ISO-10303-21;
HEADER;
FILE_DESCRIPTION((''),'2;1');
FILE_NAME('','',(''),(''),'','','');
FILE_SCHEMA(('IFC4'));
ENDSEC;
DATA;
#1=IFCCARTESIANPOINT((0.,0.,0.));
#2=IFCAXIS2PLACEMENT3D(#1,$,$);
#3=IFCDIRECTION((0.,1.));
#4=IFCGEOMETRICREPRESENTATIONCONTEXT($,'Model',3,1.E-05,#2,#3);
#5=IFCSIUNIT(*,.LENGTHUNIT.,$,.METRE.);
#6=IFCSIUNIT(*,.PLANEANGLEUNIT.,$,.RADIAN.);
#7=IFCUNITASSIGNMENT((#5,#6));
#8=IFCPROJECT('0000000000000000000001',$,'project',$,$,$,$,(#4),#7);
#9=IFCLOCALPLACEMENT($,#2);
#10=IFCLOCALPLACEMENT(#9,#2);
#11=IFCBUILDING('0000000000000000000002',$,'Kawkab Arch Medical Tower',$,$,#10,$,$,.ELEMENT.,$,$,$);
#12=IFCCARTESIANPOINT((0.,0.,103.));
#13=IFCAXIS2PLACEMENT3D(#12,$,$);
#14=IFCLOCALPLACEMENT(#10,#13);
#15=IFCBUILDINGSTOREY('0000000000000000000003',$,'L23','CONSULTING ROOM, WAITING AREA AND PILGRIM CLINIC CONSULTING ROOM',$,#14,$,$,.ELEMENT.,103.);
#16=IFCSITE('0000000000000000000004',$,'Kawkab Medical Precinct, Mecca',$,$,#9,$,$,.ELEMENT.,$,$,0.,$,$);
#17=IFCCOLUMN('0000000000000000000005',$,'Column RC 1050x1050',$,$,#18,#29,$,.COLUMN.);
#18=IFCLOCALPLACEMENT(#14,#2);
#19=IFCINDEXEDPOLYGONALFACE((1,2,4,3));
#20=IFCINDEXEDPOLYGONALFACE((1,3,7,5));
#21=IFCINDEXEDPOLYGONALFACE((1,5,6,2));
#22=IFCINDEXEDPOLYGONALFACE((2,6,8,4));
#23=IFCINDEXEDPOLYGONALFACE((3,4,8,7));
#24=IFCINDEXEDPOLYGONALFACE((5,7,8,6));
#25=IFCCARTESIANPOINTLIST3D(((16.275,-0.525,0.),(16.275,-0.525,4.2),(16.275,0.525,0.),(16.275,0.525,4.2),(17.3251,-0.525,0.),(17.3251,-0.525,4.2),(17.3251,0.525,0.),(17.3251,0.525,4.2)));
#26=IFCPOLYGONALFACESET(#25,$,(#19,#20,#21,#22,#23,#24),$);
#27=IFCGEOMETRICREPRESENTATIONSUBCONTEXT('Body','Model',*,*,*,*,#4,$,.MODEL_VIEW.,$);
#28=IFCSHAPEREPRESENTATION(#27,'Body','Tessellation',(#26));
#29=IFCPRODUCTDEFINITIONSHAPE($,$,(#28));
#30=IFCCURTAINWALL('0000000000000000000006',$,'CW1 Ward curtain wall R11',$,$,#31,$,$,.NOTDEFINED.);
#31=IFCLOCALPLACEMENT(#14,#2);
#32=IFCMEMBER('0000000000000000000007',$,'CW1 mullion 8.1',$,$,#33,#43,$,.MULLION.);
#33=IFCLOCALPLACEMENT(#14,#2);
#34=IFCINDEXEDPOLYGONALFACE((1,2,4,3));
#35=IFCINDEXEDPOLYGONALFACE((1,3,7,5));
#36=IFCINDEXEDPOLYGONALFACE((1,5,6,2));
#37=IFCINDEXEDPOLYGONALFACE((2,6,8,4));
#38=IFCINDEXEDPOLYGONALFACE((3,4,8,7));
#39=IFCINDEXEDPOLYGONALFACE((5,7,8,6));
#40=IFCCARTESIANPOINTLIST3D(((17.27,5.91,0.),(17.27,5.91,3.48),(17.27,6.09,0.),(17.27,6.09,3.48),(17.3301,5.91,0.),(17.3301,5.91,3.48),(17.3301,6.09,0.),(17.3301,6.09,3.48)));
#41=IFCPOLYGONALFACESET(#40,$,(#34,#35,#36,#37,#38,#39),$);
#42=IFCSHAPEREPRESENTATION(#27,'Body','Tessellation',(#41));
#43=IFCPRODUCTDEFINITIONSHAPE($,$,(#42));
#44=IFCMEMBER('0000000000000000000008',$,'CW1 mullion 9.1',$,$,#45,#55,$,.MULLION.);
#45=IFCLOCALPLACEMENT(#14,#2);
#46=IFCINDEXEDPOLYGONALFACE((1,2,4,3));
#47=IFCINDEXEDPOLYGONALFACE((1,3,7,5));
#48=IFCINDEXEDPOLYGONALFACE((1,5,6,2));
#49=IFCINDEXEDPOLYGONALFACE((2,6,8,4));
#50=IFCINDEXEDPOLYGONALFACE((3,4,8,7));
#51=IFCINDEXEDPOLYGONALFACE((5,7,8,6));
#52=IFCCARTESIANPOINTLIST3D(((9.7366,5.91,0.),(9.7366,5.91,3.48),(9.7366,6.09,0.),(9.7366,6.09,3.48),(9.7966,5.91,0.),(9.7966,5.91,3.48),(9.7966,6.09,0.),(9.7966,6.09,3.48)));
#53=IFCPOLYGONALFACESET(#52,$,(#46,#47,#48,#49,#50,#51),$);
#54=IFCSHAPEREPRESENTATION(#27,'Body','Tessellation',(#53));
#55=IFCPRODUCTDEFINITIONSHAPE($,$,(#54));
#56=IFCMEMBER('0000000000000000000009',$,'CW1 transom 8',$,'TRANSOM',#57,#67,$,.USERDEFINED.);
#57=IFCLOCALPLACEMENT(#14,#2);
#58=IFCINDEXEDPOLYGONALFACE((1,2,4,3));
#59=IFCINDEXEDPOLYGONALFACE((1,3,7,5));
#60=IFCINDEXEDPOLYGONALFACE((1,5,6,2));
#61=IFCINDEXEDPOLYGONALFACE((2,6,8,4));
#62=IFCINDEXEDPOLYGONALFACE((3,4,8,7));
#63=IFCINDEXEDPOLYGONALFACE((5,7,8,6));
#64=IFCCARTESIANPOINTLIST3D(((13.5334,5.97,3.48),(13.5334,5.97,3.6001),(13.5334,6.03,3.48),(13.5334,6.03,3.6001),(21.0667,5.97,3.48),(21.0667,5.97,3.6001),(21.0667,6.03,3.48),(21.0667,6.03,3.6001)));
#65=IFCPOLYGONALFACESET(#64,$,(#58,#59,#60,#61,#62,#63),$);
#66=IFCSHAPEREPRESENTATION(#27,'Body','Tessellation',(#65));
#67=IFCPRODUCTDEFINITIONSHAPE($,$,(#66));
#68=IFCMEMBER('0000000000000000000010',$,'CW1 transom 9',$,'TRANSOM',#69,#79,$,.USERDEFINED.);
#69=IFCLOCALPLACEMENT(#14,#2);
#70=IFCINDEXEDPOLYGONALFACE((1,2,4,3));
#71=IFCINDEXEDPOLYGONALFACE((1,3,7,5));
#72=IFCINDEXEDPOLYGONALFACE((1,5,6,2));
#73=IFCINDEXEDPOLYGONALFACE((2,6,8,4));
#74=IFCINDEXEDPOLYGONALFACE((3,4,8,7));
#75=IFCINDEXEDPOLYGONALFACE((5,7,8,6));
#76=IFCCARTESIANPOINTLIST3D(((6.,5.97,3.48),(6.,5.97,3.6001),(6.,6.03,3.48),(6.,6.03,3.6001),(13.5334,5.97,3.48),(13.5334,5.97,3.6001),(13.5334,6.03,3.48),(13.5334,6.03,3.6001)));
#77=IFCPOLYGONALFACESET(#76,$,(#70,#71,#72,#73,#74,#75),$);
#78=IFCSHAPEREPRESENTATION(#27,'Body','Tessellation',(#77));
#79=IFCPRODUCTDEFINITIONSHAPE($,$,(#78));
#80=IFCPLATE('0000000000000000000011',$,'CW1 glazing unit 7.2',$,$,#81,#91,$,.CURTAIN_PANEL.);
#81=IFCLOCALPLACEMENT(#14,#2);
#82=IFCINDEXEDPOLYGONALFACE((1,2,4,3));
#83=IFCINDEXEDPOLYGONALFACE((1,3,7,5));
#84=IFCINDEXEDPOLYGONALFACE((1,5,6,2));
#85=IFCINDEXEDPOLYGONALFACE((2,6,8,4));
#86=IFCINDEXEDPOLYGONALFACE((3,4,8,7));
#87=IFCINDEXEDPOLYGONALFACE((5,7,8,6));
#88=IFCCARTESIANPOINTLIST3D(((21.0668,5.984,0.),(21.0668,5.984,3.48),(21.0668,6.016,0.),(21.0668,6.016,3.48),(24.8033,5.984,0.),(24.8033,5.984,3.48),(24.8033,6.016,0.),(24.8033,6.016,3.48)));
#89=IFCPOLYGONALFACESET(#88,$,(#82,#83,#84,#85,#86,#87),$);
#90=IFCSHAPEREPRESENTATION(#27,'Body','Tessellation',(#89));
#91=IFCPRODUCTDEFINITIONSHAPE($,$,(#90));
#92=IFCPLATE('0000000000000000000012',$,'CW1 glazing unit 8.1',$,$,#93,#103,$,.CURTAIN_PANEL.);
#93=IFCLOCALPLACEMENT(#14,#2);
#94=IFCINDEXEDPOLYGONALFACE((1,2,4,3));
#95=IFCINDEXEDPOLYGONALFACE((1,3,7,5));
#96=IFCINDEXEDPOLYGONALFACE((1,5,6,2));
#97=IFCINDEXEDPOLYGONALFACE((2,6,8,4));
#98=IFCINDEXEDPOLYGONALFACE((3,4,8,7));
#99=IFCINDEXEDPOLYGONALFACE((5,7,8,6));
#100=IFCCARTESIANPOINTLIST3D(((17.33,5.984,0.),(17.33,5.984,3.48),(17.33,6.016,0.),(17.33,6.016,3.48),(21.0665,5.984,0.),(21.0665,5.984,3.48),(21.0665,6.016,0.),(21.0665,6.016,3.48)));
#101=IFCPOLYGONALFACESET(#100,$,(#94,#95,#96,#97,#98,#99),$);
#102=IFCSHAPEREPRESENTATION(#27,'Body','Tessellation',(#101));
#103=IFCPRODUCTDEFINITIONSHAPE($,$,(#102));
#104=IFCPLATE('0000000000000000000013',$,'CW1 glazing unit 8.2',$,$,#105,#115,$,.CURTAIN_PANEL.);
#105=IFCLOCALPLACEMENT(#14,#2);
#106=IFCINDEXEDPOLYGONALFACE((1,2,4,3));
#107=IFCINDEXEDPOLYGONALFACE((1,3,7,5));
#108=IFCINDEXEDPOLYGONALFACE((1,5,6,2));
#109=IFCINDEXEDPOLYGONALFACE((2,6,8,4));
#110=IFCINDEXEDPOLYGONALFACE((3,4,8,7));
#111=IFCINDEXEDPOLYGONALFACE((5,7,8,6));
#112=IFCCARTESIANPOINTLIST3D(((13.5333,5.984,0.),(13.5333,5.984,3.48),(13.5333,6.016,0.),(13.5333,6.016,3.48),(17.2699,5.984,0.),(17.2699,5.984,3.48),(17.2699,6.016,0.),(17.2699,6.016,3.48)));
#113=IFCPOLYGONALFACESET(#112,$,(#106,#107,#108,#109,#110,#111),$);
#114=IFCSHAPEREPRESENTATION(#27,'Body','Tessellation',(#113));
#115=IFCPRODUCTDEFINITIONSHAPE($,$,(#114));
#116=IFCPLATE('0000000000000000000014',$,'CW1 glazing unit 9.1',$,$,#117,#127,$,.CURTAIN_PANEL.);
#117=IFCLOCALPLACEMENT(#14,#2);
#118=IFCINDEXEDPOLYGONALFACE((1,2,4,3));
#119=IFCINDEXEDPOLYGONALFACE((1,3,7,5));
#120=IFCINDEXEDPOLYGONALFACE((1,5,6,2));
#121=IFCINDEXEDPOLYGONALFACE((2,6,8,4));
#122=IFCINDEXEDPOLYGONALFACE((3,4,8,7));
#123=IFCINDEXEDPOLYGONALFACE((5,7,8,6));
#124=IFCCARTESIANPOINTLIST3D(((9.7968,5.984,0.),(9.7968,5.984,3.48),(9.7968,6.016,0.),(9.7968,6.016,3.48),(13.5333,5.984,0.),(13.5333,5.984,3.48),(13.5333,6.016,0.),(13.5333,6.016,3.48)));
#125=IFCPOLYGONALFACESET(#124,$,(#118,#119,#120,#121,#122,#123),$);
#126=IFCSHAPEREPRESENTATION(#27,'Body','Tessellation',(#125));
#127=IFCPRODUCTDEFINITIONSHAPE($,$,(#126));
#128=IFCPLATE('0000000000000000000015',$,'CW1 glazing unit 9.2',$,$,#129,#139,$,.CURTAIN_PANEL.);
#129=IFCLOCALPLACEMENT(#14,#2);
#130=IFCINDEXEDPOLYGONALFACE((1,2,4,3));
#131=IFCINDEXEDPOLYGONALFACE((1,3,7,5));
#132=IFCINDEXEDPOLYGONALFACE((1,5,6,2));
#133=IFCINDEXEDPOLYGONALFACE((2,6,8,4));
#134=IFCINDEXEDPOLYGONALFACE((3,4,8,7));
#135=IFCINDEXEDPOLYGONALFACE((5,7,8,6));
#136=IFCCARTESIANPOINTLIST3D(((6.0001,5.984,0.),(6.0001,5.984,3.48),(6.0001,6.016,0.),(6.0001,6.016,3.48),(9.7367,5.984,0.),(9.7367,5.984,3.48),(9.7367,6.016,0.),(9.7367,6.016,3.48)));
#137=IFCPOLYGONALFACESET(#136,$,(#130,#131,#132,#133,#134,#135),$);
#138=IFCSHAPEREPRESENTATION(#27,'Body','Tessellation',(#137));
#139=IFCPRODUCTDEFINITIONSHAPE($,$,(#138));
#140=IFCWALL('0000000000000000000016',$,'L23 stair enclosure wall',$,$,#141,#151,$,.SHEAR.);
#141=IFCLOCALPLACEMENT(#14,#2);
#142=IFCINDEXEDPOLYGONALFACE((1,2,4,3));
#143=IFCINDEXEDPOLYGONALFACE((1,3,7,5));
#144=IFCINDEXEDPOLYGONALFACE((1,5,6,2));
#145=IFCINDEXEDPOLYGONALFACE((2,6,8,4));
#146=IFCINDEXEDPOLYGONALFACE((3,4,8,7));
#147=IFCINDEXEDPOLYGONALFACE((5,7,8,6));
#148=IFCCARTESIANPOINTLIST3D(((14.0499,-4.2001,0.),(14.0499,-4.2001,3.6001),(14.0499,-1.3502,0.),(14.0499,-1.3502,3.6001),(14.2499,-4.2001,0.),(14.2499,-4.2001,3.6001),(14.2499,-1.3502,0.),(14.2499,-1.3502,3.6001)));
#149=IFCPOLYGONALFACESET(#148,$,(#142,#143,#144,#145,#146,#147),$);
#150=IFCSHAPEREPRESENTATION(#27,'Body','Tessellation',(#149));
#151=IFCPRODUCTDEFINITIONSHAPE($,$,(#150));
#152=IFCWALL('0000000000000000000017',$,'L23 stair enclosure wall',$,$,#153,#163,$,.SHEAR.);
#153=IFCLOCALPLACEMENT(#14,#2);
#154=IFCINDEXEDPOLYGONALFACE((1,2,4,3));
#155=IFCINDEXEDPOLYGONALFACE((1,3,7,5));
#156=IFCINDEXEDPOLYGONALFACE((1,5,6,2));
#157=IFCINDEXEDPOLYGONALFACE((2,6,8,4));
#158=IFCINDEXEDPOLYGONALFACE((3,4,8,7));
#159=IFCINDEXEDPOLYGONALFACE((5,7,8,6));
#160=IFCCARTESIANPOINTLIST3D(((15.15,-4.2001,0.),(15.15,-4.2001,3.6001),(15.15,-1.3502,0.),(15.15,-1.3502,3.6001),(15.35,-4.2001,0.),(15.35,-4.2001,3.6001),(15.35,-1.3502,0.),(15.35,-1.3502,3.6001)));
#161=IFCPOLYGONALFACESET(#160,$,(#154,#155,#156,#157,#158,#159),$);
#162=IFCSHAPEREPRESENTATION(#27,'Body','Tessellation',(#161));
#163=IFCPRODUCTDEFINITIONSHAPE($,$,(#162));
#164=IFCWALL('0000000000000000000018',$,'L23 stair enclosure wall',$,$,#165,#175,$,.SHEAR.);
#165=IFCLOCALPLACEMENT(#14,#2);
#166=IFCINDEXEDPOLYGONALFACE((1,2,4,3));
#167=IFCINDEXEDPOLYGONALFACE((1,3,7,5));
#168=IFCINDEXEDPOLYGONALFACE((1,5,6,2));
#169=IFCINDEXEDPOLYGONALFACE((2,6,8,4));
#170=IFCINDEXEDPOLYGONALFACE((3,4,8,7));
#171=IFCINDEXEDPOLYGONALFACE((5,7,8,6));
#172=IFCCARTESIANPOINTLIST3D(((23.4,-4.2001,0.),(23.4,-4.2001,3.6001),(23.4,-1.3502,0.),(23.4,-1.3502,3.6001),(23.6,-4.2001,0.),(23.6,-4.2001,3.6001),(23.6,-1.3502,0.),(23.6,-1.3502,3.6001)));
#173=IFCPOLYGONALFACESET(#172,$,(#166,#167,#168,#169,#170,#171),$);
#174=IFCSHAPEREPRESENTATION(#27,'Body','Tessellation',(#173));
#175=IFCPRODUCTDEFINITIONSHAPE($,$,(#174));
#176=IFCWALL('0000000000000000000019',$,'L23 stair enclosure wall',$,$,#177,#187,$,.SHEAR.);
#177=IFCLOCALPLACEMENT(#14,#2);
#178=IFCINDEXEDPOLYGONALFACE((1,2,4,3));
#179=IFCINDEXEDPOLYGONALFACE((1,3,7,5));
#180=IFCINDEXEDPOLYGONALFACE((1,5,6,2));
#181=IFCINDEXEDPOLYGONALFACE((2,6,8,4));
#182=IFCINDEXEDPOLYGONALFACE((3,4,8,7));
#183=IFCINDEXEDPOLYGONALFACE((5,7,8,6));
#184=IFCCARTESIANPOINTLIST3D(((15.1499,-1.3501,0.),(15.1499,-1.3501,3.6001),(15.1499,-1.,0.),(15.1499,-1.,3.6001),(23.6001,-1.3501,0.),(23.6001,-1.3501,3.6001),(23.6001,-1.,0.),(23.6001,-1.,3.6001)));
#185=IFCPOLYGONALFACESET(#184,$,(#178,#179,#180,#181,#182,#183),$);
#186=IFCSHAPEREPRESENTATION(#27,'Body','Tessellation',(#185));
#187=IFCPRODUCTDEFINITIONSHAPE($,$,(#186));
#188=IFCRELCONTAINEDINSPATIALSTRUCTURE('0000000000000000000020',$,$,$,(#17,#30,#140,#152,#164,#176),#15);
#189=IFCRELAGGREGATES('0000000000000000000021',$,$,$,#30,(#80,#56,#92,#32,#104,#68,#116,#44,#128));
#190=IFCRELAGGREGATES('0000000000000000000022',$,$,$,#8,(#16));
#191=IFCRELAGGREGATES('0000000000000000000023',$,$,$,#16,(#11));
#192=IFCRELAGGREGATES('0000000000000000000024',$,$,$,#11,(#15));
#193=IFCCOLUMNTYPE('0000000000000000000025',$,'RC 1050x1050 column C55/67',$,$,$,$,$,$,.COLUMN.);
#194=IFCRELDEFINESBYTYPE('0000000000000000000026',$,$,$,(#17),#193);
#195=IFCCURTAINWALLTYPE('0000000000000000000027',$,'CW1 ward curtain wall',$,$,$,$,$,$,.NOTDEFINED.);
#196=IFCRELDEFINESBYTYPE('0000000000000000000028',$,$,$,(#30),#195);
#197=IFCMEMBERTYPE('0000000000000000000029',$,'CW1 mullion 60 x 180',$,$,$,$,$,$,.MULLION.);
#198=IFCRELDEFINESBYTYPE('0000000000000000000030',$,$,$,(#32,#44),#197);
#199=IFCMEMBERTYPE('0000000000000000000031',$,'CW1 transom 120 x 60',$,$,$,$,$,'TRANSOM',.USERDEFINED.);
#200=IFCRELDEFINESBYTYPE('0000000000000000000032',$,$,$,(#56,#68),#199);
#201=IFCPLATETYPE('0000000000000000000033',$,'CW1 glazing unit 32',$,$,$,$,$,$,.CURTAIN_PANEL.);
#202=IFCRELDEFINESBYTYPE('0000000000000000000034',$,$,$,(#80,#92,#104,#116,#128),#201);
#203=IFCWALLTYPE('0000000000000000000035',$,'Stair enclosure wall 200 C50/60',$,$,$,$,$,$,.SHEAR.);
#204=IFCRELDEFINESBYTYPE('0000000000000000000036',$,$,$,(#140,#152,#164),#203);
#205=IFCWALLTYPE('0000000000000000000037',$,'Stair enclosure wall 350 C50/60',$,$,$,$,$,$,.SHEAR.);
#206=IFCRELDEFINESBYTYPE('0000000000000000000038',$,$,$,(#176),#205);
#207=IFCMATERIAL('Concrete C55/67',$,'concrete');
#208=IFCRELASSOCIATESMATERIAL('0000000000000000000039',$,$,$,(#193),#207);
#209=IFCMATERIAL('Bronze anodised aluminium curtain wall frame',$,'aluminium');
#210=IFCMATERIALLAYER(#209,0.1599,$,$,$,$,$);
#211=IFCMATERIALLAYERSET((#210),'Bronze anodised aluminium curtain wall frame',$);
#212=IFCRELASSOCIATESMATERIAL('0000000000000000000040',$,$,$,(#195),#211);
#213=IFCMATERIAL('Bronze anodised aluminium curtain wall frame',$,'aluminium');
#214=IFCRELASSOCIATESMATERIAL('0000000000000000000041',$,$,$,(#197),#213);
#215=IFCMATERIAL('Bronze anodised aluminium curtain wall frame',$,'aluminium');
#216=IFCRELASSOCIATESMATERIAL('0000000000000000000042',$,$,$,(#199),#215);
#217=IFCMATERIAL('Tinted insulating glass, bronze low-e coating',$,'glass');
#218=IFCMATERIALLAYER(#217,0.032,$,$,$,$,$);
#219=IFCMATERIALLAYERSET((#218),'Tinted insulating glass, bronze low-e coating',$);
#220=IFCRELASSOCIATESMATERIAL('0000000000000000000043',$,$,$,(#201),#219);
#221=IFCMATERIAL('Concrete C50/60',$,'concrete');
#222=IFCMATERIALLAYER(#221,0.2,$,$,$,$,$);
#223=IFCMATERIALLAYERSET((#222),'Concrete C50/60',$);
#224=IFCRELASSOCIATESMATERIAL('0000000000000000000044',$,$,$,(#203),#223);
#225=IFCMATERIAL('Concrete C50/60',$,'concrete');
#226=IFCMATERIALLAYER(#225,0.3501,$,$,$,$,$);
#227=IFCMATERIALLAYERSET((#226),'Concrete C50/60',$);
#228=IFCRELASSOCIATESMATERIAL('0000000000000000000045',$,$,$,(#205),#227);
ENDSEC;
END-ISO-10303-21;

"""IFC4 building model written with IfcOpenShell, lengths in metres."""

from ifc_helpers import new_model, si_unit, direction, frame, frame_2d, origin, origin_2d, place, context, subcontext, project, spatial, rectangle, extrude, material, layer, layer_set, material_profile, profile_set, type_object, element, aggregate, save


model = new_model("IFC4")

# Units and contexts
model_context = context("Model", 3, precision=1e-05, world=origin(), true_north=direction((0.0, 1.0)))
body_context = subcontext(model_context, "Body", "Model", "MODEL_VIEW")
ifc_project = project(units=[si_unit("LENGTHUNIT", "METRE"), si_unit("PLANEANGLEUNIT", "RADIAN")], contexts=[model_context])

# Site, building, storey
site_placement = place(None, origin())
site = spatial("IfcSite", under=ifc_project, at=site_placement, Name="Kawkab Medical Precinct, Mecca", CompositionType="ELEMENT", RefElevation=0.0)
building_placement = place(site_placement, origin())
building = spatial("IfcBuilding", under=site, at=building_placement, Name="Kawkab Arch Medical Tower", CompositionType="ELEMENT")
storey_placement = place(building_placement, frame((0.0, 0.0, 103.0)))
storey = spatial("IfcBuildingStorey", under=building, at=storey_placement, Name="L23", Description="CONSULTING ROOM, WAITING AREA AND PILGRIM CLINIC CONSULTING ROOM", CompositionType="ELEMENT", Elevation=103.0)

# Column
ifc_material_1 = material(Name="Concrete C55/67", Category="concrete")
ifc_material_profile_1 = material_profile(ifc_material_1, rectangle(XDim=1.05, YDim=1.05, at=origin_2d()), Name="RC 1050x1050")
ifc_profile_set_1 = profile_set([ifc_material_profile_1], Name="Concrete C55/67")
column_type = type_object("IfcColumnType", Name="RC 1050x1050 column C55/67", PredefinedType="COLUMN", material=ifc_profile_set_1)
column_placement = place(storey_placement, frame((16.8, 0.0, 0.0), z_axis=(0.0, 0.0, 1.0), x_axis=(1.0, 0.0, 0.0)))
element("IfcColumn", 1, at=column_placement, inside=storey, type_object=column_type, Name="Column RC 1050x1050", PredefinedType="COLUMN", context=body_context, shape_type="SweptSolid", body=[
    extrude(rectangle(XDim=1.05, YDim=1.05, at=origin_2d()), origin(), (0.0, 0.0, 1.0), 4.2),
])

# Curtain wall, members, plates
ifc_material_2 = material(Name="Bronze anodised aluminium curtain wall frame", Category="aluminium")
ifc_layer_1 = layer(ifc_material_2, 0.1599)
ifc_layer_set_1 = layer_set([ifc_layer_1], Name="Bronze anodised aluminium curtain wall frame")
curtain_wall_type = type_object("IfcCurtainWallType", Name="CW1 ward curtain wall", PredefinedType="NOTDEFINED", material=ifc_layer_set_1)
placement = place(storey_placement, origin())
curtain_wall = element("IfcCurtainWall", 2, at=placement, inside=storey, type_object=curtain_wall_type, Name="CW1 Ward curtain wall R11", PredefinedType="NOTDEFINED")
ifc_material_3 = material(Name="Bronze anodised aluminium curtain wall frame", Category="aluminium")
ifc_material_profile_2 = material_profile(ifc_material_3, rectangle(XDim=0.1799, YDim=0.0601, at=origin_2d()), Name="AL 60x180")
ifc_profile_set_2 = profile_set([ifc_material_profile_2], Name="Bronze anodised aluminium curtain wall frame")
member_type_1 = type_object("IfcMemberType", Name="CW1 mullion 60 x 180", PredefinedType="MULLION", material=ifc_profile_set_2)
member_1_placement = place(storey_placement, frame((17.3, 6.0, 0.0), z_axis=(0.0, 0.0, 1.0), x_axis=(0.0, -1.0, 0.0)))
member_1 = element("IfcMember", 3, at=member_1_placement, type_object=member_type_1, Name="CW1 mullion 8.1", PredefinedType="MULLION", context=body_context, shape_type="SweptSolid", body=[
    extrude(rectangle(XDim=0.1799, YDim=0.0601, at=origin_2d()), origin(), (0.0, 0.0, 1.0), 3.48),
])
member_2_placement = place(storey_placement, frame((9.7666, 6.0, 0.0), z_axis=(0.0, 0.0, 1.0), x_axis=(0.0, -1.0, 0.0)))
member_2 = element("IfcMember", 4, at=member_2_placement, type_object=member_type_1, Name="CW1 mullion 9.1", PredefinedType="MULLION", context=body_context, shape_type="SweptSolid", body=[
    extrude(rectangle(XDim=0.1799, YDim=0.0601, at=origin_2d()), origin(), (0.0, 0.0, 1.0), 3.48),
])
ifc_material_4 = material(Name="Bronze anodised aluminium curtain wall frame", Category="aluminium")
ifc_material_profile_3 = material_profile(ifc_material_4, rectangle(XDim=0.0601, YDim=0.1201, at=origin_2d()), Name="AL 60x120")
ifc_profile_set_3 = profile_set([ifc_material_profile_3], Name="Bronze anodised aluminium curtain wall frame")
member_type_2 = type_object("IfcMemberType", Name="CW1 transom 120 x 60", ElementType="TRANSOM", PredefinedType="USERDEFINED", material=ifc_profile_set_3)
member_3_placement = place(storey_placement, frame((21.0667, 6.0, 3.54), z_axis=(-1.0, 0.0, 0.0), x_axis=(0.0, -1.0, 0.0)))
member_3 = element("IfcMember", 5, at=member_3_placement, type_object=member_type_2, Name="CW1 transom 8", ObjectType="TRANSOM", PredefinedType="USERDEFINED", context=body_context, shape_type="SweptSolid", body=[
    extrude(rectangle(XDim=0.0601, YDim=0.1201, at=origin_2d()), origin(), (0.0, 0.0, 1.0), 7.5332),
])
member_4_placement = place(storey_placement, frame((13.5334, 6.0, 3.54), z_axis=(-1.0, 0.0, 0.0), x_axis=(0.0, -1.0, 0.0)))
member_4 = element("IfcMember", 6, at=member_4_placement, type_object=member_type_2, Name="CW1 transom 9", ObjectType="TRANSOM", PredefinedType="USERDEFINED", context=body_context, shape_type="SweptSolid", body=[
    extrude(rectangle(XDim=0.0601, YDim=0.1201, at=origin_2d()), origin(), (0.0, 0.0, 1.0), 7.5334),
])
ifc_material_5 = material(Name="Tinted insulating glass, bronze low-e coating", Category="glass")
ifc_layer_2 = layer(ifc_material_5, 0.032)
ifc_layer_set_2 = layer_set([ifc_layer_2], Name="Tinted insulating glass, bronze low-e coating")
plate_type = type_object("IfcPlateType", Name="CW1 glazing unit 32", PredefinedType="CURTAIN_PANEL", material=ifc_layer_set_2)
plate_1_placement = place(storey_placement, frame((22.9351, 6.0, 0.0), z_axis=(0.0, 0.0, 1.0), x_axis=(-1.0, 0.0, 0.0)))
plate_1 = element("IfcPlate", 7, at=plate_1_placement, type_object=plate_type, Name="CW1 glazing unit 7.2", PredefinedType="CURTAIN_PANEL", context=body_context, shape_type="SweptSolid", body=[
    extrude(rectangle(XDim=3.7366, YDim=0.032, at=origin_2d()), origin(), (0.0, 0.0, 1.0), 3.48),
])
plate_2_placement = place(storey_placement, frame((19.1982, 6.0, 0.0), z_axis=(0.0, 0.0, 1.0), x_axis=(-1.0, 0.0, 0.0)))
plate_2 = element("IfcPlate", 8, at=plate_2_placement, type_object=plate_type, Name="CW1 glazing unit 8.1", PredefinedType="CURTAIN_PANEL", context=body_context, shape_type="SweptSolid", body=[
    extrude(rectangle(XDim=3.7366, YDim=0.032, at=origin_2d()), origin(), (0.0, 0.0, 1.0), 3.48),
])
plate_3_placement = place(storey_placement, frame((15.4016, 6.0, 0.0), z_axis=(0.0, 0.0, 1.0), x_axis=(-1.0, 0.0, 0.0)))
plate_3 = element("IfcPlate", 9, at=plate_3_placement, type_object=plate_type, Name="CW1 glazing unit 8.2", PredefinedType="CURTAIN_PANEL", context=body_context, shape_type="SweptSolid", body=[
    extrude(rectangle(XDim=3.7366, YDim=0.032, at=origin_2d()), origin(), (0.0, 0.0, 1.0), 3.48),
])
plate_4_placement = place(storey_placement, frame((11.665, 6.0, 0.0), z_axis=(0.0, 0.0, 1.0), x_axis=(-1.0, 0.0, 0.0)))
plate_4 = element("IfcPlate", 10, at=plate_4_placement, type_object=plate_type, Name="CW1 glazing unit 9.1", PredefinedType="CURTAIN_PANEL", context=body_context, shape_type="SweptSolid", body=[
    extrude(rectangle(XDim=3.7366, YDim=0.032, at=origin_2d()), origin(), (0.0, 0.0, 1.0), 3.48),
])
plate_5_placement = place(storey_placement, frame((7.8684, 6.0, 0.0), z_axis=(0.0, 0.0, 1.0), x_axis=(-1.0, 0.0, 0.0)))
plate_5 = element("IfcPlate", 11, at=plate_5_placement, type_object=plate_type, Name="CW1 glazing unit 9.2", PredefinedType="CURTAIN_PANEL", context=body_context, shape_type="SweptSolid", body=[
    extrude(rectangle(XDim=3.7366, YDim=0.032, at=origin_2d()), origin(), (0.0, 0.0, 1.0), 3.48),
])
aggregate(curtain_wall, [plate_1, member_3, plate_2, member_1, plate_3, member_4, plate_4, member_2, plate_5])

# Walls
ifc_material_6 = material(Name="Concrete C50/60", Category="concrete")
ifc_layer_3 = layer(ifc_material_6, 0.2)
ifc_layer_set_3 = layer_set([ifc_layer_3], Name="Concrete C50/60")
wall_type_1 = type_object("IfcWallType", Name="Stair enclosure wall 200 C50/60", PredefinedType="SHEAR", material=ifc_layer_set_3)
for number, where, z_axis, x_axis, name in (
    (12, (14.1499, -4.2, 0.0), (0.0, 0.0, 1.0), (0.0, 1.0, 0.0), "L23 stair enclosure wall"),
    (13, (15.25, -4.2, 0.0), (0.0, 0.0, 1.0), (0.0, 1.0, 0.0), "L23 stair enclosure wall"),
    (14, (23.5, -4.2, 0.0), (0.0, 0.0, 1.0), (0.0, 1.0, 0.0), "L23 stair enclosure wall"),
):
    element("IfcWall", number, at=place(storey_placement, frame(where, z_axis=z_axis, x_axis=x_axis)), inside=storey, type_object=wall_type_1, Name=name, PredefinedType="SHEAR", context=body_context, shape_type="SweptSolid", body=[
        extrude(rectangle(XDim=2.8499, YDim=0.2, at=frame_2d((1.4248, 0.0))), origin(), (0.0, 0.0, 1.0), 3.6001),
    ])
ifc_material_7 = material(Name="Concrete C50/60", Category="concrete")
ifc_layer_4 = layer(ifc_material_7, 0.3501)
ifc_layer_set_4 = layer_set([ifc_layer_4], Name="Concrete C50/60")
wall_type_2 = type_object("IfcWallType", Name="Stair enclosure wall 350 C50/60", PredefinedType="SHEAR", material=ifc_layer_set_4)
wall_placement = place(storey_placement, frame((15.1499, -1.175, 0.0), z_axis=(0.0, 0.0, 1.0), x_axis=(1.0, 0.0, 0.0)))
element("IfcWall", 15, at=wall_placement, inside=storey, type_object=wall_type_2, Name="L23 stair enclosure wall", PredefinedType="SHEAR", context=body_context, shape_type="SweptSolid", body=[
    extrude(rectangle(XDim=8.4502, YDim=0.3501, at=frame_2d((4.2251, 0.0))), origin(), (0.0, 0.0, 1.0), 3.6001),
])

save(model, "model.ifc")
